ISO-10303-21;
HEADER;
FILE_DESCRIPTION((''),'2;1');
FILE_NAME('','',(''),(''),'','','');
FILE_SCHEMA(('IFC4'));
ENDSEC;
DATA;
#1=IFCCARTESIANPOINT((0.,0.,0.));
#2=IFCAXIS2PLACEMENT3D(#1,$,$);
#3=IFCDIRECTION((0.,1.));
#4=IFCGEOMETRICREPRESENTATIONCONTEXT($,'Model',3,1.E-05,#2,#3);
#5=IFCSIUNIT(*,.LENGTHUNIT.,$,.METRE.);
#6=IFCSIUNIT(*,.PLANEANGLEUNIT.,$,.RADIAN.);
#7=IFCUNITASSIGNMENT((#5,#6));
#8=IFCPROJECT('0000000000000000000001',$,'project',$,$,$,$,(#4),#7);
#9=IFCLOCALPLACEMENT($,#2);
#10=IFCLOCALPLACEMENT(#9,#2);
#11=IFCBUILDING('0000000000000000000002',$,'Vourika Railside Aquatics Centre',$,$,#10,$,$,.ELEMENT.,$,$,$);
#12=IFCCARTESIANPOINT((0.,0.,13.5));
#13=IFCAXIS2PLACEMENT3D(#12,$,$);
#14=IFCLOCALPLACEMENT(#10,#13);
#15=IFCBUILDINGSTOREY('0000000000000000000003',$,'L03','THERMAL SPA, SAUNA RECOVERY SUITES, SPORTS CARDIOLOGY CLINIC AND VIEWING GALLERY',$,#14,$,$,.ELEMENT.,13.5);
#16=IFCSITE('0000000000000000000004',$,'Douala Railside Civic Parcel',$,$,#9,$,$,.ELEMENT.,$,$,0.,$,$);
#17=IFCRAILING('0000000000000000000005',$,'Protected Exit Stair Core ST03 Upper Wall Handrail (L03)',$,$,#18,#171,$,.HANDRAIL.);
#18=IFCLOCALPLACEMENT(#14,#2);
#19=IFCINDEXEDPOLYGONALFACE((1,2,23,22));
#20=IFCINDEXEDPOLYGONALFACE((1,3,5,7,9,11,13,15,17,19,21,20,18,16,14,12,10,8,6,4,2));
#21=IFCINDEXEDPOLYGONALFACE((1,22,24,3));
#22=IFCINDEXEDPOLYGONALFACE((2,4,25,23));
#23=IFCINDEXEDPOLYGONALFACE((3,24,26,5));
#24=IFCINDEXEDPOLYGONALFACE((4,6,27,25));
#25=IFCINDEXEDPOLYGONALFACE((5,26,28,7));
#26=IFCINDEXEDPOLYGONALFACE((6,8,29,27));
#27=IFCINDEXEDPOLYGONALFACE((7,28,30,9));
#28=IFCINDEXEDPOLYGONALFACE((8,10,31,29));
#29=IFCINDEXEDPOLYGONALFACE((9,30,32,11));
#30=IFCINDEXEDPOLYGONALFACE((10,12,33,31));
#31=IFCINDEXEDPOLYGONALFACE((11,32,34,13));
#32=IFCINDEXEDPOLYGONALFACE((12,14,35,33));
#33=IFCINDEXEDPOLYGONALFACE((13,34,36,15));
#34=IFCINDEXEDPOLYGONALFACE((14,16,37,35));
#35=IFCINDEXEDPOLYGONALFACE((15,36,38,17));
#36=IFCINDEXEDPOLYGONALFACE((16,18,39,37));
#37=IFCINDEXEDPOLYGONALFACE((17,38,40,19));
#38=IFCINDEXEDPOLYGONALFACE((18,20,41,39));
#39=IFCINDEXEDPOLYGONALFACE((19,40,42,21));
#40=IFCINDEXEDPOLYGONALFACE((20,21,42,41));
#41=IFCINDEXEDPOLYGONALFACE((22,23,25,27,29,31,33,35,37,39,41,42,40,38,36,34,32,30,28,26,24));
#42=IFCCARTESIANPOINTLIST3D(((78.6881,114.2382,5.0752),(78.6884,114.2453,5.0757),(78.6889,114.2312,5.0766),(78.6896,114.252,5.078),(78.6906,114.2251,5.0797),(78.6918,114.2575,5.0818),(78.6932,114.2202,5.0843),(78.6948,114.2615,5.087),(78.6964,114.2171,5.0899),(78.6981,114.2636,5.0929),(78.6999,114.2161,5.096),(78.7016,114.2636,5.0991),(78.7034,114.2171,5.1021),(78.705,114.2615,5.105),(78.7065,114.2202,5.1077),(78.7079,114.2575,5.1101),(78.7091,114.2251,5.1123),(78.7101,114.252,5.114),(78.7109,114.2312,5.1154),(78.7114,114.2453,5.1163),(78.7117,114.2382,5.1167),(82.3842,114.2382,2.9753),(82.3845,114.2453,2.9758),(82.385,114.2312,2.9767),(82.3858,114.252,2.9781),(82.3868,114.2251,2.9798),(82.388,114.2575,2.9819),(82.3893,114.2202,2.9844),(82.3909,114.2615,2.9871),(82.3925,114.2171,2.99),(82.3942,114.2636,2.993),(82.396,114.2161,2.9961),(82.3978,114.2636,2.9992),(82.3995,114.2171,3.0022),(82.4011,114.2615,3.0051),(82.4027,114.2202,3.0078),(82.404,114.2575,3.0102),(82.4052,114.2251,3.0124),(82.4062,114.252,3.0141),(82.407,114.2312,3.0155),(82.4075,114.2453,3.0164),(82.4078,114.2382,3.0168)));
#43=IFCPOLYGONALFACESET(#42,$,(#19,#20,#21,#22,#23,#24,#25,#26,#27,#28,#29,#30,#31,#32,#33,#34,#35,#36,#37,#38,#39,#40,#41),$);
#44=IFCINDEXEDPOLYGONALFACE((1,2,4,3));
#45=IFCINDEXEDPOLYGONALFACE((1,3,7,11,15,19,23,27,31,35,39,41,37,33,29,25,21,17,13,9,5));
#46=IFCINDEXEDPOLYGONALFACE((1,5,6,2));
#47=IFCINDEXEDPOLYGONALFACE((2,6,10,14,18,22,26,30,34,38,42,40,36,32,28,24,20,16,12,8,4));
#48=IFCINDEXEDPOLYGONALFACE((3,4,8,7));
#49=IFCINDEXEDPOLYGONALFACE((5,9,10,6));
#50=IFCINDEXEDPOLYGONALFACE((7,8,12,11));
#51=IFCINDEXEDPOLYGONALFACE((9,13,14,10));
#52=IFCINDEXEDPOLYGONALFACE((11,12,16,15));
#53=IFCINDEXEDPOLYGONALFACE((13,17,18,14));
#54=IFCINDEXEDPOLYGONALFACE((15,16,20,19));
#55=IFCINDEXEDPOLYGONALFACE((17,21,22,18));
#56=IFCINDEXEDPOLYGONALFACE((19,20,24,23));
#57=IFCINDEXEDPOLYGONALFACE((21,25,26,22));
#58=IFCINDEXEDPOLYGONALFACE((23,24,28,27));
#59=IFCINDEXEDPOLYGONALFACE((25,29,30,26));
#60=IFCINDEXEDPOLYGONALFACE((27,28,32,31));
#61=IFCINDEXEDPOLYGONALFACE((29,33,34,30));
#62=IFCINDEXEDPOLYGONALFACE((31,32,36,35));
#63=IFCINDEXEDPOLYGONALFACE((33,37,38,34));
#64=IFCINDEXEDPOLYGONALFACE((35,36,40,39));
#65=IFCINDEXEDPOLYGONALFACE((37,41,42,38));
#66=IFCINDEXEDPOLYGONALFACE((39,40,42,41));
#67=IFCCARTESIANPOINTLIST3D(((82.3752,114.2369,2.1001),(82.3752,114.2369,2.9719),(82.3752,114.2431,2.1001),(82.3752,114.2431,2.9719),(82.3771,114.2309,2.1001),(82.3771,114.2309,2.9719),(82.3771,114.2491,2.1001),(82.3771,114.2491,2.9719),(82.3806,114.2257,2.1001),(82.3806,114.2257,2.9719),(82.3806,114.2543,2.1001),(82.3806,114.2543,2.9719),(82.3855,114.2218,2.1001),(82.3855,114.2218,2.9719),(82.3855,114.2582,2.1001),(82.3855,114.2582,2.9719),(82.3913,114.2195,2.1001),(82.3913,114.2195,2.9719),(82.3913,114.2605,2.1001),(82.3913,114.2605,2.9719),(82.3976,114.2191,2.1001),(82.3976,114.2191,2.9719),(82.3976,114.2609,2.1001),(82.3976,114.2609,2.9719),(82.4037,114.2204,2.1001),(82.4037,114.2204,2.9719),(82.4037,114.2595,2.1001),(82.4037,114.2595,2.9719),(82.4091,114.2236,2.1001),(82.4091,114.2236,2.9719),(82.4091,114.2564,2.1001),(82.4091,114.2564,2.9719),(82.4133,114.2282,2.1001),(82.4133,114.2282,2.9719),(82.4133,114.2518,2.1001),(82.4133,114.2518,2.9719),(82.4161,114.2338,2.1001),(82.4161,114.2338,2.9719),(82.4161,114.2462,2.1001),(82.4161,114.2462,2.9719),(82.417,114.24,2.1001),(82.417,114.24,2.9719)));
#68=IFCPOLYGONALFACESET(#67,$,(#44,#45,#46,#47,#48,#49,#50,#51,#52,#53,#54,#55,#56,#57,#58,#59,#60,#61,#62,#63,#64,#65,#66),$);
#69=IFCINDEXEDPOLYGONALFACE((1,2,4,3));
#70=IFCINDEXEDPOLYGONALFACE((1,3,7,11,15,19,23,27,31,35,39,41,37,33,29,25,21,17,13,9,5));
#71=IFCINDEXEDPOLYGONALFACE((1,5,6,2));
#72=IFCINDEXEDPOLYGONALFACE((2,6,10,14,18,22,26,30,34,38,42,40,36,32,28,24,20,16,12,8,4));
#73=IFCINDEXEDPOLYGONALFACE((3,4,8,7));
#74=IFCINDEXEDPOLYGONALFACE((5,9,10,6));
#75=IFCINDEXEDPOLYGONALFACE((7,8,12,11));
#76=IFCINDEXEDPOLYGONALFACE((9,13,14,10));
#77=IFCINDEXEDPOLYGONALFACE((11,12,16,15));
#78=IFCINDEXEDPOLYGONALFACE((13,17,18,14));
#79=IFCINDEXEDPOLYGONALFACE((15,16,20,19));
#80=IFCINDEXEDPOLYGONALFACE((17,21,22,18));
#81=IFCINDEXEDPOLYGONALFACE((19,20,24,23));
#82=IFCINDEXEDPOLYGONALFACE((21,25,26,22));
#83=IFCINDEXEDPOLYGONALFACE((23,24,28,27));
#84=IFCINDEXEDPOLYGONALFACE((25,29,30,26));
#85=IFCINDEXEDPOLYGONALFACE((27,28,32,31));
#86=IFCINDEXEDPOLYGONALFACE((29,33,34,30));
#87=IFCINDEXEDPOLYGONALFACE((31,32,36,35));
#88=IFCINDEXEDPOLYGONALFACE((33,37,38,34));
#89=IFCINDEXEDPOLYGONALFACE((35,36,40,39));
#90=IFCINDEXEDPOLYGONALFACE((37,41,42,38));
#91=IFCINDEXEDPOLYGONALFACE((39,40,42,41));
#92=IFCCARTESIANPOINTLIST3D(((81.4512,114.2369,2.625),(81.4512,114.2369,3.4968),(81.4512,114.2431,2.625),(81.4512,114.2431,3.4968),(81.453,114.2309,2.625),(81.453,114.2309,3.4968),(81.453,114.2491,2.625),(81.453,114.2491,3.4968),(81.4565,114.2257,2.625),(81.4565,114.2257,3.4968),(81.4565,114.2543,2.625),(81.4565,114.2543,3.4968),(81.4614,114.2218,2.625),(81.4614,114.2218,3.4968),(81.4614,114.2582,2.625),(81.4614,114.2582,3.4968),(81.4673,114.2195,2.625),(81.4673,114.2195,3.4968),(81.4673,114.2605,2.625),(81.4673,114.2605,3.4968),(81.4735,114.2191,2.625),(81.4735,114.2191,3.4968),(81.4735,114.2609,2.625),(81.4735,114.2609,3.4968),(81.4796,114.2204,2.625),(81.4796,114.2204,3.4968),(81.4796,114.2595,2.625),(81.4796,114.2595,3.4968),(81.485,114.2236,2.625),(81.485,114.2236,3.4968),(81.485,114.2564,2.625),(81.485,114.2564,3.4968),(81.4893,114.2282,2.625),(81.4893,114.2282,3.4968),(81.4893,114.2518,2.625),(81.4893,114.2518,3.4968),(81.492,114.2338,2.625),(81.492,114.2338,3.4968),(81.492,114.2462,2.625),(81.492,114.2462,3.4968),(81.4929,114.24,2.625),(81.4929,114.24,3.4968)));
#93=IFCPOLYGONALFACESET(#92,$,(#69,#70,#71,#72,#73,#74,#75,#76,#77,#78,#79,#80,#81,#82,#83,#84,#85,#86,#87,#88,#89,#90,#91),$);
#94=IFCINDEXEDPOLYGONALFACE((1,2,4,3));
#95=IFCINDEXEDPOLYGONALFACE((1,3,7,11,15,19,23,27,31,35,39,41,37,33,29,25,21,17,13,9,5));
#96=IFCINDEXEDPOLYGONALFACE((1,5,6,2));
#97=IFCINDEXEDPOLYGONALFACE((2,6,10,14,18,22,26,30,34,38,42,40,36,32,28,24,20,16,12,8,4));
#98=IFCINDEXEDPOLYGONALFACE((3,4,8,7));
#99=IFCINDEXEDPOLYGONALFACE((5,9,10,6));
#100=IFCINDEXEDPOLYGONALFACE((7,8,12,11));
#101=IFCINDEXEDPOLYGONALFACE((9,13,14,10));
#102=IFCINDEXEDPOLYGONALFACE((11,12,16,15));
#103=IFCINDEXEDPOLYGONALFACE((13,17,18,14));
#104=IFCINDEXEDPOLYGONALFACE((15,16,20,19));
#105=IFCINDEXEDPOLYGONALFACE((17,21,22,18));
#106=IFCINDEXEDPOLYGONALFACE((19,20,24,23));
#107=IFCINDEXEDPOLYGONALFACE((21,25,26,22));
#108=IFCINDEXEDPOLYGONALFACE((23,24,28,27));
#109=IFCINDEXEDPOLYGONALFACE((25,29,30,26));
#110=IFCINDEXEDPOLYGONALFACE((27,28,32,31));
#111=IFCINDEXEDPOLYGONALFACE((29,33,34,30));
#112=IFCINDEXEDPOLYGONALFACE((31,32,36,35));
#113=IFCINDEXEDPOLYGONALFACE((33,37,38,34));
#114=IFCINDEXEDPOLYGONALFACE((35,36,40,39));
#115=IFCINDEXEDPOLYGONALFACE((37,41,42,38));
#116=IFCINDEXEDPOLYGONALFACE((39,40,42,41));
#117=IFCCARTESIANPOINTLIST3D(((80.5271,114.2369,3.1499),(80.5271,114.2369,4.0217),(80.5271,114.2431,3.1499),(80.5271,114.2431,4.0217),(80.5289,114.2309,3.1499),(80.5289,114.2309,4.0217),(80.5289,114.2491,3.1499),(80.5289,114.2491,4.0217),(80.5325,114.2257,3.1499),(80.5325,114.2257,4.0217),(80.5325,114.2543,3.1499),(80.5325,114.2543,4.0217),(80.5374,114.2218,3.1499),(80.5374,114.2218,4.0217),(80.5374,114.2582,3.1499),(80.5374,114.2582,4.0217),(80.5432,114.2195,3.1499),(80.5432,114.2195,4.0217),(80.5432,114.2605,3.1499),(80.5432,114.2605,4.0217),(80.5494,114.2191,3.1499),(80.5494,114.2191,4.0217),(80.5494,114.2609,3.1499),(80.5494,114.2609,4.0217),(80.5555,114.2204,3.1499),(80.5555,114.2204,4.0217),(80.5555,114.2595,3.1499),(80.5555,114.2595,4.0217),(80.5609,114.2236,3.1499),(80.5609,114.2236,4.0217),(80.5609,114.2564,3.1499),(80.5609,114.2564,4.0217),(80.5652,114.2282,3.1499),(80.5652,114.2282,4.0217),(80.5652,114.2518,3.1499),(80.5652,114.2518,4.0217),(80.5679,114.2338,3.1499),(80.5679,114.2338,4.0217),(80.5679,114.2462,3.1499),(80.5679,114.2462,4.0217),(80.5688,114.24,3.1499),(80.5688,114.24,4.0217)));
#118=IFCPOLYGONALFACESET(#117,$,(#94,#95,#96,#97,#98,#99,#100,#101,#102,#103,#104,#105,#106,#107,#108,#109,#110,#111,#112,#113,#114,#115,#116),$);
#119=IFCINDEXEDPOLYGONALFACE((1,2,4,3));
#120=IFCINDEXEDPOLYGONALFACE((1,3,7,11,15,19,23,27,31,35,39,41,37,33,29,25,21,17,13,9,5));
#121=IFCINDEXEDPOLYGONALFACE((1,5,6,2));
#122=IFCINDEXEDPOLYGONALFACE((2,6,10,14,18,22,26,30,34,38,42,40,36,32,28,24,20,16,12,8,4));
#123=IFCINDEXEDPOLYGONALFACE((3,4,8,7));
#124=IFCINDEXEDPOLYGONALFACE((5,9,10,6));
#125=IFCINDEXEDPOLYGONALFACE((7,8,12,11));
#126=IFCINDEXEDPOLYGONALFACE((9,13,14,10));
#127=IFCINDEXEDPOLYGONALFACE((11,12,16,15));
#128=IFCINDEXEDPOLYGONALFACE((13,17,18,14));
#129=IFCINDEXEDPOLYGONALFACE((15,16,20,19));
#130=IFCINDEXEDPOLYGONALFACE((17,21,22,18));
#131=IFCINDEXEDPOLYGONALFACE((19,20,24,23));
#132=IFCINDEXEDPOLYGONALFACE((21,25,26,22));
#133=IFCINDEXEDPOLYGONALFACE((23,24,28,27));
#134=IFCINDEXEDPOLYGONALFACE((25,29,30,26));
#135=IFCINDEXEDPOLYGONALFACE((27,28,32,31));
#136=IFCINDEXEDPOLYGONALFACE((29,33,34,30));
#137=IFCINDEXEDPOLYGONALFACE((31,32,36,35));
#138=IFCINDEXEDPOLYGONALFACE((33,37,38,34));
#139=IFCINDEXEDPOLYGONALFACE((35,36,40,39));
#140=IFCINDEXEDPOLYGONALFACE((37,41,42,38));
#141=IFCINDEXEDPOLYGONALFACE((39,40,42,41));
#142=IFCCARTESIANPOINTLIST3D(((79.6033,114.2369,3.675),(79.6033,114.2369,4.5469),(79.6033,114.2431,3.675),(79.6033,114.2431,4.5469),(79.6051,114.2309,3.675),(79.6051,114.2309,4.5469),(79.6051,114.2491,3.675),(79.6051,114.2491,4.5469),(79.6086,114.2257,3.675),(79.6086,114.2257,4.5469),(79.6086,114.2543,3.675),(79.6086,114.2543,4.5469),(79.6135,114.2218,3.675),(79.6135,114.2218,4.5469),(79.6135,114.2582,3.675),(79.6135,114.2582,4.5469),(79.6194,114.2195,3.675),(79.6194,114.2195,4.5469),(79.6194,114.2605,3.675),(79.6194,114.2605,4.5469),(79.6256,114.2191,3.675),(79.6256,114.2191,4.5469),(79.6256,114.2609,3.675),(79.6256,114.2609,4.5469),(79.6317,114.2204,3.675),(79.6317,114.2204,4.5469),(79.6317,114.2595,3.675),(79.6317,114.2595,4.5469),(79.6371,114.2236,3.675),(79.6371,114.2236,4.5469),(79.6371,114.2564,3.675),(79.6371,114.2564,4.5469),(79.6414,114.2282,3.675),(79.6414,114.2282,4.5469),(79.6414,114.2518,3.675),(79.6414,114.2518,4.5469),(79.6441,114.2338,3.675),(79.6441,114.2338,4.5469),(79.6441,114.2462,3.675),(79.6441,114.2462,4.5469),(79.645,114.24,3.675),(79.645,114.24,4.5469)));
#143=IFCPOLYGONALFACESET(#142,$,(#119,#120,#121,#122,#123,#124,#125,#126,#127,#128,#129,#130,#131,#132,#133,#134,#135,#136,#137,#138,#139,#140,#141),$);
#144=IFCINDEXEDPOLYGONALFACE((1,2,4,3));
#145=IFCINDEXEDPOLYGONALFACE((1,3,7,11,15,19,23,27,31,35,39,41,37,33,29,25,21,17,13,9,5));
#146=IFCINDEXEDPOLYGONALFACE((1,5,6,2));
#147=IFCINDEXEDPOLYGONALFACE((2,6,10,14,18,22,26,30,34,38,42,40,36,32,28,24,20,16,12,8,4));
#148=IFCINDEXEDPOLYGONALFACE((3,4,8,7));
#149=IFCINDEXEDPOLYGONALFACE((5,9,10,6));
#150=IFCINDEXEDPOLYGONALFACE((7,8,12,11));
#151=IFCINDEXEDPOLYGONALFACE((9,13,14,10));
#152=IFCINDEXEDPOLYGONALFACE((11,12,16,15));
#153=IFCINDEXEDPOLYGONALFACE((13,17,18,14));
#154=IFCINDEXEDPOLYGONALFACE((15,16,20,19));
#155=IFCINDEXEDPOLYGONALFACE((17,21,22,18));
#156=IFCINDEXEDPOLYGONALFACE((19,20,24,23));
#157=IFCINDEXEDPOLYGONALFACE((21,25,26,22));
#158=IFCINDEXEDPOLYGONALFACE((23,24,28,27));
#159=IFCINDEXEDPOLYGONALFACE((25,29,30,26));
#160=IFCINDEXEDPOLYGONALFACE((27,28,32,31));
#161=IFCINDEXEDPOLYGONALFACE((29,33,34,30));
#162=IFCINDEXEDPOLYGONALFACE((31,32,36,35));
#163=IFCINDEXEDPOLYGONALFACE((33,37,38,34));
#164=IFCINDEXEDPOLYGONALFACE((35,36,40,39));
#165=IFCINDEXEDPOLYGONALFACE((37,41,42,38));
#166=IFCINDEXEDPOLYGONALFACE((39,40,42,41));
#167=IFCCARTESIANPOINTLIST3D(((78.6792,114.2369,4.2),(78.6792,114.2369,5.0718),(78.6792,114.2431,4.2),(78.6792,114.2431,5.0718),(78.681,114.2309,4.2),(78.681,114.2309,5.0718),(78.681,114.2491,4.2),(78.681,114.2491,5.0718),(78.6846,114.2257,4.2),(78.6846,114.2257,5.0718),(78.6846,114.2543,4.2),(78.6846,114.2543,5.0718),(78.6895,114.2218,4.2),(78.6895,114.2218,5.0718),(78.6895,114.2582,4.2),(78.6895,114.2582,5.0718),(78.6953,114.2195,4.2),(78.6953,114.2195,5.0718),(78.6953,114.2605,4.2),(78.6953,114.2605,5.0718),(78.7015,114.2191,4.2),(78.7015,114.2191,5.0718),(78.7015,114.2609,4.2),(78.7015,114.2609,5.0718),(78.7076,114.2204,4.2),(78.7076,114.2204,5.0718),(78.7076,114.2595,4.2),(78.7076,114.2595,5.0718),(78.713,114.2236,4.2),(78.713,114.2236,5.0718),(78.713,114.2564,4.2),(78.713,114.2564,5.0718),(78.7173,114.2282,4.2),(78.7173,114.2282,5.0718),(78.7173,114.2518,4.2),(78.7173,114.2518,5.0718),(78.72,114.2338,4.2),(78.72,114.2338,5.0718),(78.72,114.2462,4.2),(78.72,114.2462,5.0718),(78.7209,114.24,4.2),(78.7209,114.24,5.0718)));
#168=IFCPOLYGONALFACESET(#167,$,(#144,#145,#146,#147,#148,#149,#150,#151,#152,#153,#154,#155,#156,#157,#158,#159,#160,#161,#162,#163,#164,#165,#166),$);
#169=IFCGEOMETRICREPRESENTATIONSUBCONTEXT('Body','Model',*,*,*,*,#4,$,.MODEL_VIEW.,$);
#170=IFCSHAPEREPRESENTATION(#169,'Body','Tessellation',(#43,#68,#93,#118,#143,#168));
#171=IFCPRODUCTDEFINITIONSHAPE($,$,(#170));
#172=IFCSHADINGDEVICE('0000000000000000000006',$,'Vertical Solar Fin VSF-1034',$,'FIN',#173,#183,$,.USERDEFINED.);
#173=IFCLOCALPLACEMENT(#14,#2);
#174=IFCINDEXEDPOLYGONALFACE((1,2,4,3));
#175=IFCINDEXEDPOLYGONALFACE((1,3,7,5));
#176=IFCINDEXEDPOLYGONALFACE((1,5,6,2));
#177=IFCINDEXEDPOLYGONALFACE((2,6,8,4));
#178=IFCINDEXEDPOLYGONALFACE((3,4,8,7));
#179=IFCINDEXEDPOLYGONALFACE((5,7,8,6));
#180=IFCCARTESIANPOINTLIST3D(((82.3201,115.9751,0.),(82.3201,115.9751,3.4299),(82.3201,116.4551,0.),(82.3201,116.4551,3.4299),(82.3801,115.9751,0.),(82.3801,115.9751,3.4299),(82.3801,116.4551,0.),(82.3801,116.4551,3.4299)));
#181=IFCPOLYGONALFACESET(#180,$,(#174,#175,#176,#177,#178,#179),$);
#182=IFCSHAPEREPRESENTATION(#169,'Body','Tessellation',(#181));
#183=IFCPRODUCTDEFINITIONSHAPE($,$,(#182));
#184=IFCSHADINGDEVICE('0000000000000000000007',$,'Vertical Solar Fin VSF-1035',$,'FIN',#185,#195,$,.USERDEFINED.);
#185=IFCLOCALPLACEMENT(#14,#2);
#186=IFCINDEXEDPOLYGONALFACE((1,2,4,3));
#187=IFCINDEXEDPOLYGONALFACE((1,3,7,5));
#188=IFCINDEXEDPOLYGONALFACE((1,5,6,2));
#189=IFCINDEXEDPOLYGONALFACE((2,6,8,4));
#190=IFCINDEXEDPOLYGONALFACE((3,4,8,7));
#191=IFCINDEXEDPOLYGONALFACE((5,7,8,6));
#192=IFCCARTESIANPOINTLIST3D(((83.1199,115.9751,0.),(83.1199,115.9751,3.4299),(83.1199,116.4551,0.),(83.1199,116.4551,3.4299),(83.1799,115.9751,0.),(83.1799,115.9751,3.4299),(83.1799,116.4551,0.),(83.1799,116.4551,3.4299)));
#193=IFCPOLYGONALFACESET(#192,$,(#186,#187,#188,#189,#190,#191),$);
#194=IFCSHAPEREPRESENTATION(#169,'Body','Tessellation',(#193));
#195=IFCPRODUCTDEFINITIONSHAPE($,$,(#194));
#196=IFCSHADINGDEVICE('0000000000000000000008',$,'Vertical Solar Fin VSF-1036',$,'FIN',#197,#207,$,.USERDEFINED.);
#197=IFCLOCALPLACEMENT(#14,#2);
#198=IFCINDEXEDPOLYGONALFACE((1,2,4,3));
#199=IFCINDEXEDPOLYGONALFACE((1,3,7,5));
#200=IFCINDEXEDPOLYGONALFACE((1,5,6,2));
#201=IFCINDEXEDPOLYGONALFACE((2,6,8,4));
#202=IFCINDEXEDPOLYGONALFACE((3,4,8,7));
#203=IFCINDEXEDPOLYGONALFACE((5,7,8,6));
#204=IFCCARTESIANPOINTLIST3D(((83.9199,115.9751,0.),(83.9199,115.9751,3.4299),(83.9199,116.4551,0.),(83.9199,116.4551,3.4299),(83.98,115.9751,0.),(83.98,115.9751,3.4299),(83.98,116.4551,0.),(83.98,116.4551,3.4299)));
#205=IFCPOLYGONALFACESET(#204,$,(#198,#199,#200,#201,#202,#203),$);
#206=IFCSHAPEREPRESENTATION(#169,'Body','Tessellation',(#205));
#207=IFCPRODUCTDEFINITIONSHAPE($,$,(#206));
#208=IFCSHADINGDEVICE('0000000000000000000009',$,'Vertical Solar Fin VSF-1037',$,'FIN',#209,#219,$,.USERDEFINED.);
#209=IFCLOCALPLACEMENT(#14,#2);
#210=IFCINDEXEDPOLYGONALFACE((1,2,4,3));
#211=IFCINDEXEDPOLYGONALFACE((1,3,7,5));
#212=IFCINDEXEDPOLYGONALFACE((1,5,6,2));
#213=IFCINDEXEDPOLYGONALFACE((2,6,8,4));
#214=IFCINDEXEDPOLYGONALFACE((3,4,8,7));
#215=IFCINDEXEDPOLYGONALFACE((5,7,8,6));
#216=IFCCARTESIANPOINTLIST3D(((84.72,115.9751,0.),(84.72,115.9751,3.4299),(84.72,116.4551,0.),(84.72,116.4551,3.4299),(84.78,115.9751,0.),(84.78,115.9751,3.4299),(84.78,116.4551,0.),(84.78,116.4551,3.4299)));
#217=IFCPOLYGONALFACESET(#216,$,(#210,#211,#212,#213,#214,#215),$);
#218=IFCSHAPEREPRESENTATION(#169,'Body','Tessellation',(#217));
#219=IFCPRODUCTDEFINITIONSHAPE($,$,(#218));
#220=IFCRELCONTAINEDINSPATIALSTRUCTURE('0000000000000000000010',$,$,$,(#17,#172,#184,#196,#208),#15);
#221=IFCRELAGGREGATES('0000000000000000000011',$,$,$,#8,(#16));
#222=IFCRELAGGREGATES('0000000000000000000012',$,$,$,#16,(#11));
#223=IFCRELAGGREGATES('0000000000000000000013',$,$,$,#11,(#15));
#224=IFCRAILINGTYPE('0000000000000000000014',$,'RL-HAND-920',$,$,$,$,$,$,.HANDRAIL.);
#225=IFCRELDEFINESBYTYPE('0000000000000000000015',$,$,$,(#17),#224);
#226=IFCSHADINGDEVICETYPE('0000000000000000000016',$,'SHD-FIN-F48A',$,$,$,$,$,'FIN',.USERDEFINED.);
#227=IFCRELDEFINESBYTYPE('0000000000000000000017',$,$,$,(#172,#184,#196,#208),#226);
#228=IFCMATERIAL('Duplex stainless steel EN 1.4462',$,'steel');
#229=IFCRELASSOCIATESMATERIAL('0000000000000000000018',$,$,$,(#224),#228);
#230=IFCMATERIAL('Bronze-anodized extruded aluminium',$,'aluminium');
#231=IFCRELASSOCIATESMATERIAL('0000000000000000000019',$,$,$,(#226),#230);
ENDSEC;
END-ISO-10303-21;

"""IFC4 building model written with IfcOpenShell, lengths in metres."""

from ifc_helpers import new_model, si_unit, direction, frame, origin, origin_2d, place, context, subcontext, project, spatial, rectangle, circle, extrude, material, material_profile, profile_set, type_object, element, save


model = new_model("IFC4")

# Units and contexts
model_context = context("Model", 3, precision=1e-05, world=origin(), true_north=direction((0.0, 1.0)))
body_context = subcontext(model_context, "Body", "Model", "MODEL_VIEW")
ifc_project = project(units=[si_unit("LENGTHUNIT", "METRE"), si_unit("PLANEANGLEUNIT", "RADIAN")], contexts=[model_context])

# Site, building, storey
site_placement = place(None, origin())
site = spatial("IfcSite", under=ifc_project, at=site_placement, Name="Douala Railside Civic Parcel", CompositionType="ELEMENT", RefElevation=0.0)
building_placement = place(site_placement, origin())
building = spatial("IfcBuilding", under=site, at=building_placement, Name="Vourika Railside Aquatics Centre", CompositionType="ELEMENT")
storey_placement = place(building_placement, frame((0.0, 0.0, 13.5)))
storey = spatial("IfcBuildingStorey", under=building, at=storey_placement, Name="L03", Description="THERMAL SPA, SAUNA RECOVERY SUITES, SPORTS CARDIOLOGY CLINIC AND VIEWING GALLERY", CompositionType="ELEMENT", Elevation=13.5)

# Railing
ifc_material_1 = material(Name="Duplex stainless steel EN 1.4462", Category="steel")
railing_type_1 = type_object("IfcRailingType", Name="RL-HAND-920", PredefinedType="HANDRAIL", material=ifc_material_1)
railing_1_placement = place(storey_placement, frame((82.396, 114.24, 2.1001)))
element("IfcRailing", 1, at=railing_1_placement, inside=storey, type_object=railing_type_1, Name="Protected Exit Stair Core ST03 Upper Wall Handrail (L03)", PredefinedType="HANDRAIL", context=body_context, shape_type="SweptSolid", body=[
    extrude(circle(Radius=0.0239, at=origin_2d()), frame((0.0, 0.0, 0.896), z_axis=(-0.869474, 0.0, 0.493979), x_axis=(0.0, -1.0, 0.0)), (0.0, 0.0, 1.0), 4.251),
    extrude(circle(Radius=0.021, at=origin_2d()), origin(), (0.0, 0.0, 1.0), 0.8718),
    extrude(circle(Radius=0.021, at=origin_2d()), frame((-0.9241, 0.0, 0.5249)), (0.0, 0.0, 1.0), 0.8718),
    extrude(circle(Radius=0.021, at=origin_2d()), frame((-1.8481, 0.0, 1.0498)), (0.0, 0.0, 1.0), 0.8718),
    extrude(circle(Radius=0.021, at=origin_2d()), frame((-2.772, 0.0, 1.575)), (0.0, 0.0, 1.0), 0.8718),
    extrude(circle(Radius=0.021, at=origin_2d()), frame((-3.696, 0.0, 2.0999)), (0.0, 0.0, 1.0), 0.8718),
])

# Shading devices
ifc_material_2 = material(Name="Bronze-anodized extruded aluminium", Category="aluminium")
ifc_material_profile_1 = material_profile(ifc_material_2, rectangle(XDim=0.0601, YDim=0.48, at=origin_2d()), Name="ALU-FIN 60x480")
ifc_profile_set_1 = profile_set([ifc_material_profile_1], Name="Bronze-anodized extruded aluminium")
shading_device_type = type_object("IfcShadingDeviceType", Name="SHD-FIN-F48A", ElementType="FIN", PredefinedType="USERDEFINED", material=ifc_profile_set_1)
for number, where, z_axis, x_axis, name in (
    (2, (82.3501, 116.2151, 0.0), (0.0, 0.0, 1.0), (1.0, 0.0, 0.0), "Vertical Solar Fin VSF-1034"),
    (3, (83.1499, 116.2151, 0.0), (0.0, 0.0, 1.0), (1.0, 0.0, 0.0), "Vertical Solar Fin VSF-1035"),
    (4, (83.95, 116.2151, 0.0), (0.0, 0.0, 1.0), (1.0, 0.0, 0.0), "Vertical Solar Fin VSF-1036"),
    (5, (84.75, 116.2151, 0.0), (0.0, 0.0, 1.0), (1.0, 0.0, 0.0), "Vertical Solar Fin VSF-1037"),
):
    element("IfcShadingDevice", number, at=place(storey_placement, frame(where, z_axis=z_axis, x_axis=x_axis)), inside=storey, type_object=shading_device_type, Name=name, ObjectType="FIN", PredefinedType="USERDEFINED", context=body_context, shape_type="SweptSolid", body=[
        extrude(rectangle(XDim=0.0601, YDim=0.48, at=origin_2d()), origin(), (0.0, 0.0, 1.0), 3.4299),
    ])

save(model, "model.ifc")
